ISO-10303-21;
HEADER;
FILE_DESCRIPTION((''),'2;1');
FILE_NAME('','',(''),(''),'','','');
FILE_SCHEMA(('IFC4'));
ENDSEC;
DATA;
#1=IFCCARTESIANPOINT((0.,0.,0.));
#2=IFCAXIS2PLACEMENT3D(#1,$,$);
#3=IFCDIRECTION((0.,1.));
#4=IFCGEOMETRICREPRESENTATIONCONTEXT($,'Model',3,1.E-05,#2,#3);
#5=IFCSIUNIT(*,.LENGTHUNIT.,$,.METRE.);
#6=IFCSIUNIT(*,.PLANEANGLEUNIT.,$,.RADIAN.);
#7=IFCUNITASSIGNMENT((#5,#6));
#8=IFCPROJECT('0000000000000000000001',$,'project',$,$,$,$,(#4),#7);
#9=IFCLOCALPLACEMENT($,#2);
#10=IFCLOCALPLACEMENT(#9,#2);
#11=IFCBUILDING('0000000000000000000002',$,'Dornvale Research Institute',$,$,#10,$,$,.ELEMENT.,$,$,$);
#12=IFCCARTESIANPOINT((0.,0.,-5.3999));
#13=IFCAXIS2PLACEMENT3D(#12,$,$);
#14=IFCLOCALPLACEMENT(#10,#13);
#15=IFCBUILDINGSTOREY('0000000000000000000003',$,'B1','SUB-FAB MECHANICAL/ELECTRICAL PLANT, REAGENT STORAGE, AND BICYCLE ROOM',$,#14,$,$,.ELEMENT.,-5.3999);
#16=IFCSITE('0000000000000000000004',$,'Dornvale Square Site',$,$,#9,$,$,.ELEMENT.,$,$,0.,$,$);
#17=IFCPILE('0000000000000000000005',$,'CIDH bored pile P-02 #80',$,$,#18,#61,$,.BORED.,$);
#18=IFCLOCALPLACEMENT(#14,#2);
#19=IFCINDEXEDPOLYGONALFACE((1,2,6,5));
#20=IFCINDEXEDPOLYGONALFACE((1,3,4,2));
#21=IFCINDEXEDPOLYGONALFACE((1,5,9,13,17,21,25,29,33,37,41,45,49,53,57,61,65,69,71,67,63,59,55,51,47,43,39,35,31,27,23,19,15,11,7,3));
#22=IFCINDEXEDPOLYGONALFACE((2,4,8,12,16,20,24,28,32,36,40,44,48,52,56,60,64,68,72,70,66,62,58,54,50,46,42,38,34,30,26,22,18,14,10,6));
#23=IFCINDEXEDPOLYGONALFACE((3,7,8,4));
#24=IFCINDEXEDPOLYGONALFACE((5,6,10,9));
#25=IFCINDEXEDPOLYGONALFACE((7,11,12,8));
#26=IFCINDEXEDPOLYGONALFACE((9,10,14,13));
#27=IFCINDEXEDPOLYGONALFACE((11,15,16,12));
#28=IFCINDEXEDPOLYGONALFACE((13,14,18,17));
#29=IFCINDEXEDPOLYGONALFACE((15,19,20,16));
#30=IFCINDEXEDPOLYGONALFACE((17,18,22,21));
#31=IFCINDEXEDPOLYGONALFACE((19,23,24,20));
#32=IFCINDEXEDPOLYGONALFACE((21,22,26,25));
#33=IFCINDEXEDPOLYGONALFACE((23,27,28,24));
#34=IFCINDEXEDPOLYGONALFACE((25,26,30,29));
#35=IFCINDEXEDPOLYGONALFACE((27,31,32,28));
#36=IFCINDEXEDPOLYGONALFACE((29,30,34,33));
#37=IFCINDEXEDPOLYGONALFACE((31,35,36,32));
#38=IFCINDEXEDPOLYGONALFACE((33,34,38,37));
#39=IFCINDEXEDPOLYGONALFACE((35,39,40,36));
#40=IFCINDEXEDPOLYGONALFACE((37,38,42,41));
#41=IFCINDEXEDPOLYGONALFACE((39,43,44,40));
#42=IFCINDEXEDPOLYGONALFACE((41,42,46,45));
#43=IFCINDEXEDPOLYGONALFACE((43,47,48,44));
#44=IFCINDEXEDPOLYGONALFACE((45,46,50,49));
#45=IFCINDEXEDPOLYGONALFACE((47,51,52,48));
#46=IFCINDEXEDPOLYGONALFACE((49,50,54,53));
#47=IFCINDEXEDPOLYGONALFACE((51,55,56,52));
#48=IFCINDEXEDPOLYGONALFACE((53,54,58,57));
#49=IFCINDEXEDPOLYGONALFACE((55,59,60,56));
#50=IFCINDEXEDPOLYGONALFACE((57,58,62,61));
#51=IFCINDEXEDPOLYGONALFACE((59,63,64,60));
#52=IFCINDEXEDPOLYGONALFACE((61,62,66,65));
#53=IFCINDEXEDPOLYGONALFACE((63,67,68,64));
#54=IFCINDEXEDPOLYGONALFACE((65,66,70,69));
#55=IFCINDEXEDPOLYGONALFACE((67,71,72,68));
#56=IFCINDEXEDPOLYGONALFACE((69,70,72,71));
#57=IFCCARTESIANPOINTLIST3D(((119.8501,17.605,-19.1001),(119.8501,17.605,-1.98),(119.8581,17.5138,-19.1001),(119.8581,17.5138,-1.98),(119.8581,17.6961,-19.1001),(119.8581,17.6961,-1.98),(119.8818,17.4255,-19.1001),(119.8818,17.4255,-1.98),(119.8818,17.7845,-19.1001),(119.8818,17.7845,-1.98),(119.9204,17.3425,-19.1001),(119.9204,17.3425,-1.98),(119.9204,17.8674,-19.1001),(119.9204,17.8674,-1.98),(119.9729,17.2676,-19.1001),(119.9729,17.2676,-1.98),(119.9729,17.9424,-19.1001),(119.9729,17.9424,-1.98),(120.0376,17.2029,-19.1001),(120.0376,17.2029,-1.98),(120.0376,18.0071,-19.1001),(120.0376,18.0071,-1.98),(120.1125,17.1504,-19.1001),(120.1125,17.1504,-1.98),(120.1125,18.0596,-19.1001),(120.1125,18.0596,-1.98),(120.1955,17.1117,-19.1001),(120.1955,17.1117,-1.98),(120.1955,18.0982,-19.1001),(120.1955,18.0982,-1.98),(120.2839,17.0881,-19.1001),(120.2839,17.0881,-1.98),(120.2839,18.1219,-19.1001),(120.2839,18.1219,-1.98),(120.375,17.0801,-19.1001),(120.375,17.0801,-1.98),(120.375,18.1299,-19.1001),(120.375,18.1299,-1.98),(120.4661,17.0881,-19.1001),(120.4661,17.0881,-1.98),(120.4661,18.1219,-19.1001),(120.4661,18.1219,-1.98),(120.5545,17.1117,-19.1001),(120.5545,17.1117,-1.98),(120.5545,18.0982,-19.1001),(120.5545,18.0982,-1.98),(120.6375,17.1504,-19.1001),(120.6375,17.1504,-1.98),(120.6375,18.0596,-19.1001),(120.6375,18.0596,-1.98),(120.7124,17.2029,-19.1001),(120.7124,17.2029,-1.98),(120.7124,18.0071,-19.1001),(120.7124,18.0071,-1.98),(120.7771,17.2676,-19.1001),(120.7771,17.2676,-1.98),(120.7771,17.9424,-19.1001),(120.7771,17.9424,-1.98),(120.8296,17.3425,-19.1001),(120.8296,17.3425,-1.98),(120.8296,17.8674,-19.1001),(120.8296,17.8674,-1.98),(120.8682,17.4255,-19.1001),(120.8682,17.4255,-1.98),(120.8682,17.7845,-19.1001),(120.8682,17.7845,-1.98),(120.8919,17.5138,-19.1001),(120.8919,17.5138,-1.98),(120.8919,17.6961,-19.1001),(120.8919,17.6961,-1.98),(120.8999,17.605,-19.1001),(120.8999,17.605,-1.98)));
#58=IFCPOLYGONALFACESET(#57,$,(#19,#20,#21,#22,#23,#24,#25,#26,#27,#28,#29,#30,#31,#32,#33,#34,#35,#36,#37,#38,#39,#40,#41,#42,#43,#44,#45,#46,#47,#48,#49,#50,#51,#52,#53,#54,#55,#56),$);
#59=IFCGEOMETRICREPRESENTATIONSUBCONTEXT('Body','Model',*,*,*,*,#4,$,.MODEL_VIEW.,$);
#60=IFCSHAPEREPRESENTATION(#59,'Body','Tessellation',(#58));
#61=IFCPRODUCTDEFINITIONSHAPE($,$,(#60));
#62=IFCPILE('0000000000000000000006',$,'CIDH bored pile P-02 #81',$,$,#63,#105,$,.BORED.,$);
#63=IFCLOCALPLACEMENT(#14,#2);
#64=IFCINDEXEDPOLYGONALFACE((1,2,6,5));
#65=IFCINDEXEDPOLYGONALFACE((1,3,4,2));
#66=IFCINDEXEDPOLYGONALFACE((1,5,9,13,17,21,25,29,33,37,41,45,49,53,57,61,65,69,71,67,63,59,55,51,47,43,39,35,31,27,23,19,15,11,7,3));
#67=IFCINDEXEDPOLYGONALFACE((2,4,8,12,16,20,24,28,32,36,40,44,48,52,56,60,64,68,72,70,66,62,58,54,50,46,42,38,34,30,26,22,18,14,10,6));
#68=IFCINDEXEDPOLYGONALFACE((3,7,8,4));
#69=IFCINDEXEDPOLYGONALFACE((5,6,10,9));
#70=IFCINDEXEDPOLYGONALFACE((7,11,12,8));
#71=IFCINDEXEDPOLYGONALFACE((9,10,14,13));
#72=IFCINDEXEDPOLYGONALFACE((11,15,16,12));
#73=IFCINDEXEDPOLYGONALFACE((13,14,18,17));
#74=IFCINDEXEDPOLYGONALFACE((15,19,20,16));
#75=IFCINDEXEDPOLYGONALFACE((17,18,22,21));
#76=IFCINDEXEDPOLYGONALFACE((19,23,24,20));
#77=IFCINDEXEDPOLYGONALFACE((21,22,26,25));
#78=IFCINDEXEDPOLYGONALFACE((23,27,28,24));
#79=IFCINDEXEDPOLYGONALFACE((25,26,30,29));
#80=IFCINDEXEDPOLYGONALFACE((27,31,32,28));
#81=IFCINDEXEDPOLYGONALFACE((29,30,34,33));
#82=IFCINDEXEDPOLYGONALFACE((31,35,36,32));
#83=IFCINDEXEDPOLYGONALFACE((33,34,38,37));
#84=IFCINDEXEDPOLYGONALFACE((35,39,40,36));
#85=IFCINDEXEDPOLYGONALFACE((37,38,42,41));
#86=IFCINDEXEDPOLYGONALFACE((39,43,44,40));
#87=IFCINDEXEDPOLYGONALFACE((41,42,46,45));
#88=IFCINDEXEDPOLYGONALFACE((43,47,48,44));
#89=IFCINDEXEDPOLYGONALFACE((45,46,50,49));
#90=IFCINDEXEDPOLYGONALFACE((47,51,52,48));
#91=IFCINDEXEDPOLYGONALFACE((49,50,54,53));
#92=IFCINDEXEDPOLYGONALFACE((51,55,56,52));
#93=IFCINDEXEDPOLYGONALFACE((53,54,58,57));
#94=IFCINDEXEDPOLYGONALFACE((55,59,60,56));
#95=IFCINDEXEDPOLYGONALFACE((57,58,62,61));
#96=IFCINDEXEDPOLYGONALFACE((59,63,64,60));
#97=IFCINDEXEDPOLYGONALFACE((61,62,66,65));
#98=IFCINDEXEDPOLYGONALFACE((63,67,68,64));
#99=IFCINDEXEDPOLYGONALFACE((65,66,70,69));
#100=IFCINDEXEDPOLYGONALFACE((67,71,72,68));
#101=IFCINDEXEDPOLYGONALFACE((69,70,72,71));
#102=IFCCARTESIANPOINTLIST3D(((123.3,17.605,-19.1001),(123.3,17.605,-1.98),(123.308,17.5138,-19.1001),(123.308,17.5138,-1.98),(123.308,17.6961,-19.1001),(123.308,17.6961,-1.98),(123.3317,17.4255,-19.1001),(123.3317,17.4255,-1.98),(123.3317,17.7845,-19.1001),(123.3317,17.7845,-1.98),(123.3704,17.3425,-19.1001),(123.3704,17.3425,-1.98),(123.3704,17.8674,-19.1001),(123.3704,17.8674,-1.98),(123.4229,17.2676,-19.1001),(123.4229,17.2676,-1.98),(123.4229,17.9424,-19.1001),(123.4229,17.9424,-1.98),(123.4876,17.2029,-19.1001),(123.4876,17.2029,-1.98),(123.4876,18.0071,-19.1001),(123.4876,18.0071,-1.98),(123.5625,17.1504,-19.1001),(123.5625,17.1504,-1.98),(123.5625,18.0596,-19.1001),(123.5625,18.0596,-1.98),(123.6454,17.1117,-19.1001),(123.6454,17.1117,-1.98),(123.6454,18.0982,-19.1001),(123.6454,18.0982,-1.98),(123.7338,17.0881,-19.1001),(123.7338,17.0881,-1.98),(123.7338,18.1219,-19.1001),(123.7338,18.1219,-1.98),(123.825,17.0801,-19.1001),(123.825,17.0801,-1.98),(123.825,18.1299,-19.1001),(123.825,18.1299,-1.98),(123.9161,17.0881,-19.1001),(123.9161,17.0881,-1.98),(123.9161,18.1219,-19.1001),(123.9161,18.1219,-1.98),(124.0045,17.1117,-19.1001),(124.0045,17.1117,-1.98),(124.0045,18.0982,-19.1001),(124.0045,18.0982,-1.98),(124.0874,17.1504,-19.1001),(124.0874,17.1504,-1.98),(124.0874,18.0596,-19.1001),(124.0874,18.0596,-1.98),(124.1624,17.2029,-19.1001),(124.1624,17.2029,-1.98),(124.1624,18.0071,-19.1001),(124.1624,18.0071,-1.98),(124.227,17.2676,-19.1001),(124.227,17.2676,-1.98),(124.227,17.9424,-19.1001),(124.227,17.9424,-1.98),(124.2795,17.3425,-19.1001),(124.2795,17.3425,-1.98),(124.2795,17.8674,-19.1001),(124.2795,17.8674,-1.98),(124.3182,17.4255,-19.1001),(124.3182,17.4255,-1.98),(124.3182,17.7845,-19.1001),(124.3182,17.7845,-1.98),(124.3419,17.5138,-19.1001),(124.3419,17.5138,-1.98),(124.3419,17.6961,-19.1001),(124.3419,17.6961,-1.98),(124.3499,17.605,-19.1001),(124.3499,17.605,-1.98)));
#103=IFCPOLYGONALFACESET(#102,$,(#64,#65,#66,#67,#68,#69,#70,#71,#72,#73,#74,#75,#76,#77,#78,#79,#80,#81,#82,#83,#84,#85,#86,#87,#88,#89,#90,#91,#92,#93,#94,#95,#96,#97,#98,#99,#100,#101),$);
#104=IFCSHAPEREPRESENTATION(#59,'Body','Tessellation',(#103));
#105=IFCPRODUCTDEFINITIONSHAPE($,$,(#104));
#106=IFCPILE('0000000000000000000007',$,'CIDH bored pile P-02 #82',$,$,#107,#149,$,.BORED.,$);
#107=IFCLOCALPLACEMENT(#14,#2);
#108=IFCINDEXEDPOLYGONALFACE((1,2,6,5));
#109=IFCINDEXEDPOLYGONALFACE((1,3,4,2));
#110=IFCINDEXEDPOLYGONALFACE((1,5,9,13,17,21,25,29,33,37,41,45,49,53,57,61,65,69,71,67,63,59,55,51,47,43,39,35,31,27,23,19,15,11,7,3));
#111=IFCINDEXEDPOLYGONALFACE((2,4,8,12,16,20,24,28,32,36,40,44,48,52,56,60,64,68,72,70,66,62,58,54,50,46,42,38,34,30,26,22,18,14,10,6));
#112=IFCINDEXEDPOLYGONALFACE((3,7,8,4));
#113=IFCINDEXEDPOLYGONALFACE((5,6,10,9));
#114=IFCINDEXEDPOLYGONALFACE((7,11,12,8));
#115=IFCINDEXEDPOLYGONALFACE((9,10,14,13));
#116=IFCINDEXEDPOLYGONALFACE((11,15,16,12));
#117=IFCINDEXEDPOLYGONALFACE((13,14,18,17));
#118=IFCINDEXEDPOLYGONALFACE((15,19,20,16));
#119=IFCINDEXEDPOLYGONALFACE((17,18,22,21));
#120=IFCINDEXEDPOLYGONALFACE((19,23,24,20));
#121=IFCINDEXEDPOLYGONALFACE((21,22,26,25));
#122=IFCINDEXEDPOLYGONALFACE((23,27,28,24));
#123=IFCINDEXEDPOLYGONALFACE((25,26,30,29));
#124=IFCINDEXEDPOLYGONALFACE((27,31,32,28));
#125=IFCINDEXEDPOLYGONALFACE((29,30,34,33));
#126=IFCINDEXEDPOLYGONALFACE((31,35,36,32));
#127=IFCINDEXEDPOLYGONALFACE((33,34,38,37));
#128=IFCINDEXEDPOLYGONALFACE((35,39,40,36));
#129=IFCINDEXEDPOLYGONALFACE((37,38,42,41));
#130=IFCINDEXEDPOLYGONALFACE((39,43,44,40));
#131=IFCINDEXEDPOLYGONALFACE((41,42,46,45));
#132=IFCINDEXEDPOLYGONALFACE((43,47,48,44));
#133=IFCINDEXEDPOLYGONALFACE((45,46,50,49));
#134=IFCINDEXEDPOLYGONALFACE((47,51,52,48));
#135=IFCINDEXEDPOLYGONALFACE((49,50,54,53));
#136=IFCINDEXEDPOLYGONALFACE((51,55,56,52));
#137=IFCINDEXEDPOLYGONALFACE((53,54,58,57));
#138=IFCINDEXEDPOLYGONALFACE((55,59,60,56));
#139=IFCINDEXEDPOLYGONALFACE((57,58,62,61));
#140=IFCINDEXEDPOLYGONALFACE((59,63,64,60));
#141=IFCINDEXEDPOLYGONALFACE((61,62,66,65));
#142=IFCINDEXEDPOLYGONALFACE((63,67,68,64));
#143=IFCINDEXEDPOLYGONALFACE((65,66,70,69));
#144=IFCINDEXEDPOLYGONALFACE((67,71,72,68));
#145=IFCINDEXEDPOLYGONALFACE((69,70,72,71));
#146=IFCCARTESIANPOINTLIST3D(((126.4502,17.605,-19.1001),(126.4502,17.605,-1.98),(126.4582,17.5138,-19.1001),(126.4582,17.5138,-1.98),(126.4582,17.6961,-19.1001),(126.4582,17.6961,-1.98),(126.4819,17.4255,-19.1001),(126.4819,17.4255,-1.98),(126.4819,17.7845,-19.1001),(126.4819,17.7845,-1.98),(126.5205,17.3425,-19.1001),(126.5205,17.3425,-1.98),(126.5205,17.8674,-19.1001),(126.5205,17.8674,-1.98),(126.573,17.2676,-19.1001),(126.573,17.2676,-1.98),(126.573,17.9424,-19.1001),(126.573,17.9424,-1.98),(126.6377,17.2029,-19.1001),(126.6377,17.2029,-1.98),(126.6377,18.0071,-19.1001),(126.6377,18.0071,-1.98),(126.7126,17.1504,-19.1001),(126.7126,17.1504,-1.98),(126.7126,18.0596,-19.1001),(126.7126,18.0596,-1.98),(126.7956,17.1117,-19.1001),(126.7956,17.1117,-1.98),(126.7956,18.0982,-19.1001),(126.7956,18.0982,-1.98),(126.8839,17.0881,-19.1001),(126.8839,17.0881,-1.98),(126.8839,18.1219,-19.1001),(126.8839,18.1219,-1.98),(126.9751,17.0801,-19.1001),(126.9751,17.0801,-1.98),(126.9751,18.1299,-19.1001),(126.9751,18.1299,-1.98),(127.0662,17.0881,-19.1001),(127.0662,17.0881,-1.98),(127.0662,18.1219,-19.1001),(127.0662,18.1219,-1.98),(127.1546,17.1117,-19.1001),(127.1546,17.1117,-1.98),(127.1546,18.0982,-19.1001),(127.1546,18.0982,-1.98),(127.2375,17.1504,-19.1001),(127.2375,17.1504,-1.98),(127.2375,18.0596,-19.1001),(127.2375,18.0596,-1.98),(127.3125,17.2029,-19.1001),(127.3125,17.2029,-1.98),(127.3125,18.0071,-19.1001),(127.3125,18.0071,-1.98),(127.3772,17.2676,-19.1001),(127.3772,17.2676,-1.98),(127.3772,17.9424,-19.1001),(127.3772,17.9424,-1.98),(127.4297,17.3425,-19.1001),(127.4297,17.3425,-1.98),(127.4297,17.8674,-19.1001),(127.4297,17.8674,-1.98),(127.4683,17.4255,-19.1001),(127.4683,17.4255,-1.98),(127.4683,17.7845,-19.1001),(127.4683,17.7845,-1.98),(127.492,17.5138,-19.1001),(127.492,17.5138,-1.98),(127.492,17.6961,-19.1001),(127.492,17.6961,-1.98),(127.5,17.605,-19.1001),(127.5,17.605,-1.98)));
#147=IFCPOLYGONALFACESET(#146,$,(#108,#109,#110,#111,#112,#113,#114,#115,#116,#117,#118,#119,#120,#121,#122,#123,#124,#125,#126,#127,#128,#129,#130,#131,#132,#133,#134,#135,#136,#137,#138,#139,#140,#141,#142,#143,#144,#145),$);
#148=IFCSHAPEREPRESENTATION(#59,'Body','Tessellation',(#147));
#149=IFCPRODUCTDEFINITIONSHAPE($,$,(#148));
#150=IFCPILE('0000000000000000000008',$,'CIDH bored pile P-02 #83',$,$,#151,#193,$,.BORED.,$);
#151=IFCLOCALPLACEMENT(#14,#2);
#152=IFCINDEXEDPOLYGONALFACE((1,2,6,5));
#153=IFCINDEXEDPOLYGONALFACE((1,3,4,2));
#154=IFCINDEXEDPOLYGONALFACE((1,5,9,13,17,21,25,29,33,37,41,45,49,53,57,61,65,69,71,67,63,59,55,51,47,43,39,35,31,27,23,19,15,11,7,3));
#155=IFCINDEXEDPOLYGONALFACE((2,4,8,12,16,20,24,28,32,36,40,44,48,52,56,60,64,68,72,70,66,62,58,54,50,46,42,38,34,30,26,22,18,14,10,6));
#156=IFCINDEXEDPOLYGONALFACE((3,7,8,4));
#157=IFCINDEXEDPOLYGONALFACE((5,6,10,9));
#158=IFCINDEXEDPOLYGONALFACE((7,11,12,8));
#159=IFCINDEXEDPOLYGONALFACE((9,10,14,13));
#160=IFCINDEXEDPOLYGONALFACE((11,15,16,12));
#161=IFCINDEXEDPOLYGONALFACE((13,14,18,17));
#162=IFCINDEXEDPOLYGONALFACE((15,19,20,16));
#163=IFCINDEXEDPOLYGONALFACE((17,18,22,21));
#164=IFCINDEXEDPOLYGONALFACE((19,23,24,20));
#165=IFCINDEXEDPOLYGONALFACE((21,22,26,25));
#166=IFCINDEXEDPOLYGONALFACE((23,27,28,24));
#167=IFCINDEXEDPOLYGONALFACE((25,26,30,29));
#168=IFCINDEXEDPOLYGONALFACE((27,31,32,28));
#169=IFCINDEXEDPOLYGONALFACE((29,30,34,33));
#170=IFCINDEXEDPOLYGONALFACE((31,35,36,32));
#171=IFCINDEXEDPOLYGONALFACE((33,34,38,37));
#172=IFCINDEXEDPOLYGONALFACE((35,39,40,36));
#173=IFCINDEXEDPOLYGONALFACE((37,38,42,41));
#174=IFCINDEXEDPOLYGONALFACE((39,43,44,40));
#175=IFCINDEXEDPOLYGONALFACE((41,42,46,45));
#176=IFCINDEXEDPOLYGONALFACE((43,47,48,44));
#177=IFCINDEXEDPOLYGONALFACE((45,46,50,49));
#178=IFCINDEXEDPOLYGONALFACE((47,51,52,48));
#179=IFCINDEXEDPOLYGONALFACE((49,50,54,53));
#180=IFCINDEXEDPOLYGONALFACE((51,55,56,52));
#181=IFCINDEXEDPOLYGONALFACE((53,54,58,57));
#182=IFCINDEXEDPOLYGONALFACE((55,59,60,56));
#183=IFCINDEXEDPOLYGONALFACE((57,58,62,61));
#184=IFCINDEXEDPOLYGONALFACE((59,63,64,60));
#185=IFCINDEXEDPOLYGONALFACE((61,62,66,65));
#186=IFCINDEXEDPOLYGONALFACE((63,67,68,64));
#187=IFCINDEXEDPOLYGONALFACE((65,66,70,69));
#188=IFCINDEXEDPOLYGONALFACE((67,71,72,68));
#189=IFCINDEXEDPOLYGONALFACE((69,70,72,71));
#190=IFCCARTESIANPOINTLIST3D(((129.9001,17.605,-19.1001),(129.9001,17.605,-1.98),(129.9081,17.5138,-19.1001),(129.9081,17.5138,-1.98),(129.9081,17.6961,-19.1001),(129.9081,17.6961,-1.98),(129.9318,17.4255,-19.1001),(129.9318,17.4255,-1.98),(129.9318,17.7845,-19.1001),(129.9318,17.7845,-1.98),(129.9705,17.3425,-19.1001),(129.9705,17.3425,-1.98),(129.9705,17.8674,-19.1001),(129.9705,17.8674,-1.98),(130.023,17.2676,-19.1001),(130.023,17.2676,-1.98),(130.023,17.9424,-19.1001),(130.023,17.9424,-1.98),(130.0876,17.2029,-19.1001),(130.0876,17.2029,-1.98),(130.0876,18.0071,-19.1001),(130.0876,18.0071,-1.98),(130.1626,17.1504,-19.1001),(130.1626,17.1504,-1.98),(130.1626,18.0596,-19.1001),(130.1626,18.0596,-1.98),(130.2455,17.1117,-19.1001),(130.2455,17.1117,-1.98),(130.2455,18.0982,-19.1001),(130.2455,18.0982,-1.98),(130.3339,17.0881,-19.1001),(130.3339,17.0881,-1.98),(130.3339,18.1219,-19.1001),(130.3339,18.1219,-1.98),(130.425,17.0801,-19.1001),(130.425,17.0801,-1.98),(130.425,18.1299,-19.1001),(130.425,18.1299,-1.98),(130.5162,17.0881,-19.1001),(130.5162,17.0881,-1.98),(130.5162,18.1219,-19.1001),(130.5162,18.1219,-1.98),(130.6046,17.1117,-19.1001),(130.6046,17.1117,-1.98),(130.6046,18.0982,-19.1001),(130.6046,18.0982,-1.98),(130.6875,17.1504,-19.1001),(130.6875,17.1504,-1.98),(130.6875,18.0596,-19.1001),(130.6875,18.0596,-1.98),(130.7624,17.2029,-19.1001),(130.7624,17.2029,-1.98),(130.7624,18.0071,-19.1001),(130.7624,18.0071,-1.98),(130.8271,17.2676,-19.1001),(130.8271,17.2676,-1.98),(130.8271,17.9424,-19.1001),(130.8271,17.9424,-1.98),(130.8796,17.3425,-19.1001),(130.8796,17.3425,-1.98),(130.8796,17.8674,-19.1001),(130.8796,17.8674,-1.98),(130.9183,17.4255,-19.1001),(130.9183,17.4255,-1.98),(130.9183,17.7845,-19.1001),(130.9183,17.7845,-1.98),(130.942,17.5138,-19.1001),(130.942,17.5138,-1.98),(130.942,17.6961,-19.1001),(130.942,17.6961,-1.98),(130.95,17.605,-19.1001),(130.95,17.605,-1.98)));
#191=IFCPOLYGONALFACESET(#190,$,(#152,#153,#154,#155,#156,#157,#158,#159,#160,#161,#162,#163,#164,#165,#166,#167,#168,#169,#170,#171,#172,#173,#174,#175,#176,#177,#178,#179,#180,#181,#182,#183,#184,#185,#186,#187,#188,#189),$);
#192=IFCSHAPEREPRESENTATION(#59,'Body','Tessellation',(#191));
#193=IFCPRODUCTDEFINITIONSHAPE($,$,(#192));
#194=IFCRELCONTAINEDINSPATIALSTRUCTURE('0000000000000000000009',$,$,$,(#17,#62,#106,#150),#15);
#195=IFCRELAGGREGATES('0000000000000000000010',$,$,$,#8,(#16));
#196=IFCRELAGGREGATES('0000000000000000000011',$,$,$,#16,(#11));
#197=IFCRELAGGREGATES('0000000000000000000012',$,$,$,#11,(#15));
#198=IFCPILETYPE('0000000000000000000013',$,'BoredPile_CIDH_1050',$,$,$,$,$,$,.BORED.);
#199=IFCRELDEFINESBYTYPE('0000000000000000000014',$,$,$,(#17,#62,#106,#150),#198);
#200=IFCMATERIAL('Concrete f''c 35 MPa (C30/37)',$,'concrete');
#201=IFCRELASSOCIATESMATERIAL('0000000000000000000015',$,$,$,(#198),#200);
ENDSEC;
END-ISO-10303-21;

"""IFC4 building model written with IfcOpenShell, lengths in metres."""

from ifc_helpers import new_model, si_unit, direction, frame, origin, origin_2d, place, context, subcontext, project, spatial, circle, extrude, material, material_profile, profile_set, type_object, element, save


model = new_model("IFC4")

# Units and contexts
model_context = context("Model", 3, precision=1e-05, world=origin(), true_north=direction((0.0, 1.0)))
body_context = subcontext(model_context, "Body", "Model", "MODEL_VIEW")
ifc_project = project(units=[si_unit("LENGTHUNIT", "METRE"), si_unit("PLANEANGLEUNIT", "RADIAN")], contexts=[model_context])

# Site, building, storey
site_placement = place(None, origin())
site = spatial("IfcSite", under=ifc_project, at=site_placement, Name="Dornvale Square Site", CompositionType="ELEMENT", RefElevation=0.0)
building_placement = place(site_placement, origin())
building = spatial("IfcBuilding", under=site, at=building_placement, Name="Dornvale Research Institute", CompositionType="ELEMENT")
storey_placement = place(building_placement, frame((0.0, 0.0, -5.3999)))
storey = spatial("IfcBuildingStorey", under=building, at=storey_placement, Name="B1", Description="SUB-FAB MECHANICAL/ELECTRICAL PLANT, REAGENT STORAGE, AND BICYCLE ROOM", CompositionType="ELEMENT", Elevation=-5.3999)

# Piles
ifc_material_1 = material(Name="Concrete f'c 35 MPa (C30/37)", Category="concrete")
ifc_material_profile_1 = material_profile(ifc_material_1, circle(Radius=0.5249, at=origin_2d()), Name="CIDH PILE D1050")
ifc_profile_set_1 = profile_set([ifc_material_profile_1], Name="Concrete f'c 35 MPa (C30/37)")
pile_type = type_object("IfcPileType", Name="BoredPile_CIDH_1050", PredefinedType="BORED", material=ifc_profile_set_1)
for number, where, z_axis, x_axis, name in (
    (1, (120.375, 17.605, -1.98), (0.0, 0.0, -1.0), (1.0, 0.0, 0.0), "CIDH bored pile P-02 #80"),
    (2, (123.825, 17.605, -1.98), (0.0, 0.0, -1.0), (1.0, 0.0, 0.0), "CIDH bored pile P-02 #81"),
    (3, (126.9751, 17.605, -1.98), (0.0, 0.0, -1.0), (1.0, 0.0, 0.0), "CIDH bored pile P-02 #82"),
    (4, (130.425, 17.605, -1.98), (0.0, 0.0, -1.0), (1.0, 0.0, 0.0), "CIDH bored pile P-02 #83"),
):
    element("IfcPile", number, at=place(storey_placement, frame(where, z_axis=z_axis, x_axis=x_axis)), inside=storey, type_object=pile_type, Name=name, PredefinedType="BORED", context=body_context, shape_type="SweptSolid", body=[
        extrude(circle(Radius=0.5249, at=origin_2d()), origin(), (0.0, 0.0, 1.0), 17.1201),
    ])

save(model, "model.ifc")
